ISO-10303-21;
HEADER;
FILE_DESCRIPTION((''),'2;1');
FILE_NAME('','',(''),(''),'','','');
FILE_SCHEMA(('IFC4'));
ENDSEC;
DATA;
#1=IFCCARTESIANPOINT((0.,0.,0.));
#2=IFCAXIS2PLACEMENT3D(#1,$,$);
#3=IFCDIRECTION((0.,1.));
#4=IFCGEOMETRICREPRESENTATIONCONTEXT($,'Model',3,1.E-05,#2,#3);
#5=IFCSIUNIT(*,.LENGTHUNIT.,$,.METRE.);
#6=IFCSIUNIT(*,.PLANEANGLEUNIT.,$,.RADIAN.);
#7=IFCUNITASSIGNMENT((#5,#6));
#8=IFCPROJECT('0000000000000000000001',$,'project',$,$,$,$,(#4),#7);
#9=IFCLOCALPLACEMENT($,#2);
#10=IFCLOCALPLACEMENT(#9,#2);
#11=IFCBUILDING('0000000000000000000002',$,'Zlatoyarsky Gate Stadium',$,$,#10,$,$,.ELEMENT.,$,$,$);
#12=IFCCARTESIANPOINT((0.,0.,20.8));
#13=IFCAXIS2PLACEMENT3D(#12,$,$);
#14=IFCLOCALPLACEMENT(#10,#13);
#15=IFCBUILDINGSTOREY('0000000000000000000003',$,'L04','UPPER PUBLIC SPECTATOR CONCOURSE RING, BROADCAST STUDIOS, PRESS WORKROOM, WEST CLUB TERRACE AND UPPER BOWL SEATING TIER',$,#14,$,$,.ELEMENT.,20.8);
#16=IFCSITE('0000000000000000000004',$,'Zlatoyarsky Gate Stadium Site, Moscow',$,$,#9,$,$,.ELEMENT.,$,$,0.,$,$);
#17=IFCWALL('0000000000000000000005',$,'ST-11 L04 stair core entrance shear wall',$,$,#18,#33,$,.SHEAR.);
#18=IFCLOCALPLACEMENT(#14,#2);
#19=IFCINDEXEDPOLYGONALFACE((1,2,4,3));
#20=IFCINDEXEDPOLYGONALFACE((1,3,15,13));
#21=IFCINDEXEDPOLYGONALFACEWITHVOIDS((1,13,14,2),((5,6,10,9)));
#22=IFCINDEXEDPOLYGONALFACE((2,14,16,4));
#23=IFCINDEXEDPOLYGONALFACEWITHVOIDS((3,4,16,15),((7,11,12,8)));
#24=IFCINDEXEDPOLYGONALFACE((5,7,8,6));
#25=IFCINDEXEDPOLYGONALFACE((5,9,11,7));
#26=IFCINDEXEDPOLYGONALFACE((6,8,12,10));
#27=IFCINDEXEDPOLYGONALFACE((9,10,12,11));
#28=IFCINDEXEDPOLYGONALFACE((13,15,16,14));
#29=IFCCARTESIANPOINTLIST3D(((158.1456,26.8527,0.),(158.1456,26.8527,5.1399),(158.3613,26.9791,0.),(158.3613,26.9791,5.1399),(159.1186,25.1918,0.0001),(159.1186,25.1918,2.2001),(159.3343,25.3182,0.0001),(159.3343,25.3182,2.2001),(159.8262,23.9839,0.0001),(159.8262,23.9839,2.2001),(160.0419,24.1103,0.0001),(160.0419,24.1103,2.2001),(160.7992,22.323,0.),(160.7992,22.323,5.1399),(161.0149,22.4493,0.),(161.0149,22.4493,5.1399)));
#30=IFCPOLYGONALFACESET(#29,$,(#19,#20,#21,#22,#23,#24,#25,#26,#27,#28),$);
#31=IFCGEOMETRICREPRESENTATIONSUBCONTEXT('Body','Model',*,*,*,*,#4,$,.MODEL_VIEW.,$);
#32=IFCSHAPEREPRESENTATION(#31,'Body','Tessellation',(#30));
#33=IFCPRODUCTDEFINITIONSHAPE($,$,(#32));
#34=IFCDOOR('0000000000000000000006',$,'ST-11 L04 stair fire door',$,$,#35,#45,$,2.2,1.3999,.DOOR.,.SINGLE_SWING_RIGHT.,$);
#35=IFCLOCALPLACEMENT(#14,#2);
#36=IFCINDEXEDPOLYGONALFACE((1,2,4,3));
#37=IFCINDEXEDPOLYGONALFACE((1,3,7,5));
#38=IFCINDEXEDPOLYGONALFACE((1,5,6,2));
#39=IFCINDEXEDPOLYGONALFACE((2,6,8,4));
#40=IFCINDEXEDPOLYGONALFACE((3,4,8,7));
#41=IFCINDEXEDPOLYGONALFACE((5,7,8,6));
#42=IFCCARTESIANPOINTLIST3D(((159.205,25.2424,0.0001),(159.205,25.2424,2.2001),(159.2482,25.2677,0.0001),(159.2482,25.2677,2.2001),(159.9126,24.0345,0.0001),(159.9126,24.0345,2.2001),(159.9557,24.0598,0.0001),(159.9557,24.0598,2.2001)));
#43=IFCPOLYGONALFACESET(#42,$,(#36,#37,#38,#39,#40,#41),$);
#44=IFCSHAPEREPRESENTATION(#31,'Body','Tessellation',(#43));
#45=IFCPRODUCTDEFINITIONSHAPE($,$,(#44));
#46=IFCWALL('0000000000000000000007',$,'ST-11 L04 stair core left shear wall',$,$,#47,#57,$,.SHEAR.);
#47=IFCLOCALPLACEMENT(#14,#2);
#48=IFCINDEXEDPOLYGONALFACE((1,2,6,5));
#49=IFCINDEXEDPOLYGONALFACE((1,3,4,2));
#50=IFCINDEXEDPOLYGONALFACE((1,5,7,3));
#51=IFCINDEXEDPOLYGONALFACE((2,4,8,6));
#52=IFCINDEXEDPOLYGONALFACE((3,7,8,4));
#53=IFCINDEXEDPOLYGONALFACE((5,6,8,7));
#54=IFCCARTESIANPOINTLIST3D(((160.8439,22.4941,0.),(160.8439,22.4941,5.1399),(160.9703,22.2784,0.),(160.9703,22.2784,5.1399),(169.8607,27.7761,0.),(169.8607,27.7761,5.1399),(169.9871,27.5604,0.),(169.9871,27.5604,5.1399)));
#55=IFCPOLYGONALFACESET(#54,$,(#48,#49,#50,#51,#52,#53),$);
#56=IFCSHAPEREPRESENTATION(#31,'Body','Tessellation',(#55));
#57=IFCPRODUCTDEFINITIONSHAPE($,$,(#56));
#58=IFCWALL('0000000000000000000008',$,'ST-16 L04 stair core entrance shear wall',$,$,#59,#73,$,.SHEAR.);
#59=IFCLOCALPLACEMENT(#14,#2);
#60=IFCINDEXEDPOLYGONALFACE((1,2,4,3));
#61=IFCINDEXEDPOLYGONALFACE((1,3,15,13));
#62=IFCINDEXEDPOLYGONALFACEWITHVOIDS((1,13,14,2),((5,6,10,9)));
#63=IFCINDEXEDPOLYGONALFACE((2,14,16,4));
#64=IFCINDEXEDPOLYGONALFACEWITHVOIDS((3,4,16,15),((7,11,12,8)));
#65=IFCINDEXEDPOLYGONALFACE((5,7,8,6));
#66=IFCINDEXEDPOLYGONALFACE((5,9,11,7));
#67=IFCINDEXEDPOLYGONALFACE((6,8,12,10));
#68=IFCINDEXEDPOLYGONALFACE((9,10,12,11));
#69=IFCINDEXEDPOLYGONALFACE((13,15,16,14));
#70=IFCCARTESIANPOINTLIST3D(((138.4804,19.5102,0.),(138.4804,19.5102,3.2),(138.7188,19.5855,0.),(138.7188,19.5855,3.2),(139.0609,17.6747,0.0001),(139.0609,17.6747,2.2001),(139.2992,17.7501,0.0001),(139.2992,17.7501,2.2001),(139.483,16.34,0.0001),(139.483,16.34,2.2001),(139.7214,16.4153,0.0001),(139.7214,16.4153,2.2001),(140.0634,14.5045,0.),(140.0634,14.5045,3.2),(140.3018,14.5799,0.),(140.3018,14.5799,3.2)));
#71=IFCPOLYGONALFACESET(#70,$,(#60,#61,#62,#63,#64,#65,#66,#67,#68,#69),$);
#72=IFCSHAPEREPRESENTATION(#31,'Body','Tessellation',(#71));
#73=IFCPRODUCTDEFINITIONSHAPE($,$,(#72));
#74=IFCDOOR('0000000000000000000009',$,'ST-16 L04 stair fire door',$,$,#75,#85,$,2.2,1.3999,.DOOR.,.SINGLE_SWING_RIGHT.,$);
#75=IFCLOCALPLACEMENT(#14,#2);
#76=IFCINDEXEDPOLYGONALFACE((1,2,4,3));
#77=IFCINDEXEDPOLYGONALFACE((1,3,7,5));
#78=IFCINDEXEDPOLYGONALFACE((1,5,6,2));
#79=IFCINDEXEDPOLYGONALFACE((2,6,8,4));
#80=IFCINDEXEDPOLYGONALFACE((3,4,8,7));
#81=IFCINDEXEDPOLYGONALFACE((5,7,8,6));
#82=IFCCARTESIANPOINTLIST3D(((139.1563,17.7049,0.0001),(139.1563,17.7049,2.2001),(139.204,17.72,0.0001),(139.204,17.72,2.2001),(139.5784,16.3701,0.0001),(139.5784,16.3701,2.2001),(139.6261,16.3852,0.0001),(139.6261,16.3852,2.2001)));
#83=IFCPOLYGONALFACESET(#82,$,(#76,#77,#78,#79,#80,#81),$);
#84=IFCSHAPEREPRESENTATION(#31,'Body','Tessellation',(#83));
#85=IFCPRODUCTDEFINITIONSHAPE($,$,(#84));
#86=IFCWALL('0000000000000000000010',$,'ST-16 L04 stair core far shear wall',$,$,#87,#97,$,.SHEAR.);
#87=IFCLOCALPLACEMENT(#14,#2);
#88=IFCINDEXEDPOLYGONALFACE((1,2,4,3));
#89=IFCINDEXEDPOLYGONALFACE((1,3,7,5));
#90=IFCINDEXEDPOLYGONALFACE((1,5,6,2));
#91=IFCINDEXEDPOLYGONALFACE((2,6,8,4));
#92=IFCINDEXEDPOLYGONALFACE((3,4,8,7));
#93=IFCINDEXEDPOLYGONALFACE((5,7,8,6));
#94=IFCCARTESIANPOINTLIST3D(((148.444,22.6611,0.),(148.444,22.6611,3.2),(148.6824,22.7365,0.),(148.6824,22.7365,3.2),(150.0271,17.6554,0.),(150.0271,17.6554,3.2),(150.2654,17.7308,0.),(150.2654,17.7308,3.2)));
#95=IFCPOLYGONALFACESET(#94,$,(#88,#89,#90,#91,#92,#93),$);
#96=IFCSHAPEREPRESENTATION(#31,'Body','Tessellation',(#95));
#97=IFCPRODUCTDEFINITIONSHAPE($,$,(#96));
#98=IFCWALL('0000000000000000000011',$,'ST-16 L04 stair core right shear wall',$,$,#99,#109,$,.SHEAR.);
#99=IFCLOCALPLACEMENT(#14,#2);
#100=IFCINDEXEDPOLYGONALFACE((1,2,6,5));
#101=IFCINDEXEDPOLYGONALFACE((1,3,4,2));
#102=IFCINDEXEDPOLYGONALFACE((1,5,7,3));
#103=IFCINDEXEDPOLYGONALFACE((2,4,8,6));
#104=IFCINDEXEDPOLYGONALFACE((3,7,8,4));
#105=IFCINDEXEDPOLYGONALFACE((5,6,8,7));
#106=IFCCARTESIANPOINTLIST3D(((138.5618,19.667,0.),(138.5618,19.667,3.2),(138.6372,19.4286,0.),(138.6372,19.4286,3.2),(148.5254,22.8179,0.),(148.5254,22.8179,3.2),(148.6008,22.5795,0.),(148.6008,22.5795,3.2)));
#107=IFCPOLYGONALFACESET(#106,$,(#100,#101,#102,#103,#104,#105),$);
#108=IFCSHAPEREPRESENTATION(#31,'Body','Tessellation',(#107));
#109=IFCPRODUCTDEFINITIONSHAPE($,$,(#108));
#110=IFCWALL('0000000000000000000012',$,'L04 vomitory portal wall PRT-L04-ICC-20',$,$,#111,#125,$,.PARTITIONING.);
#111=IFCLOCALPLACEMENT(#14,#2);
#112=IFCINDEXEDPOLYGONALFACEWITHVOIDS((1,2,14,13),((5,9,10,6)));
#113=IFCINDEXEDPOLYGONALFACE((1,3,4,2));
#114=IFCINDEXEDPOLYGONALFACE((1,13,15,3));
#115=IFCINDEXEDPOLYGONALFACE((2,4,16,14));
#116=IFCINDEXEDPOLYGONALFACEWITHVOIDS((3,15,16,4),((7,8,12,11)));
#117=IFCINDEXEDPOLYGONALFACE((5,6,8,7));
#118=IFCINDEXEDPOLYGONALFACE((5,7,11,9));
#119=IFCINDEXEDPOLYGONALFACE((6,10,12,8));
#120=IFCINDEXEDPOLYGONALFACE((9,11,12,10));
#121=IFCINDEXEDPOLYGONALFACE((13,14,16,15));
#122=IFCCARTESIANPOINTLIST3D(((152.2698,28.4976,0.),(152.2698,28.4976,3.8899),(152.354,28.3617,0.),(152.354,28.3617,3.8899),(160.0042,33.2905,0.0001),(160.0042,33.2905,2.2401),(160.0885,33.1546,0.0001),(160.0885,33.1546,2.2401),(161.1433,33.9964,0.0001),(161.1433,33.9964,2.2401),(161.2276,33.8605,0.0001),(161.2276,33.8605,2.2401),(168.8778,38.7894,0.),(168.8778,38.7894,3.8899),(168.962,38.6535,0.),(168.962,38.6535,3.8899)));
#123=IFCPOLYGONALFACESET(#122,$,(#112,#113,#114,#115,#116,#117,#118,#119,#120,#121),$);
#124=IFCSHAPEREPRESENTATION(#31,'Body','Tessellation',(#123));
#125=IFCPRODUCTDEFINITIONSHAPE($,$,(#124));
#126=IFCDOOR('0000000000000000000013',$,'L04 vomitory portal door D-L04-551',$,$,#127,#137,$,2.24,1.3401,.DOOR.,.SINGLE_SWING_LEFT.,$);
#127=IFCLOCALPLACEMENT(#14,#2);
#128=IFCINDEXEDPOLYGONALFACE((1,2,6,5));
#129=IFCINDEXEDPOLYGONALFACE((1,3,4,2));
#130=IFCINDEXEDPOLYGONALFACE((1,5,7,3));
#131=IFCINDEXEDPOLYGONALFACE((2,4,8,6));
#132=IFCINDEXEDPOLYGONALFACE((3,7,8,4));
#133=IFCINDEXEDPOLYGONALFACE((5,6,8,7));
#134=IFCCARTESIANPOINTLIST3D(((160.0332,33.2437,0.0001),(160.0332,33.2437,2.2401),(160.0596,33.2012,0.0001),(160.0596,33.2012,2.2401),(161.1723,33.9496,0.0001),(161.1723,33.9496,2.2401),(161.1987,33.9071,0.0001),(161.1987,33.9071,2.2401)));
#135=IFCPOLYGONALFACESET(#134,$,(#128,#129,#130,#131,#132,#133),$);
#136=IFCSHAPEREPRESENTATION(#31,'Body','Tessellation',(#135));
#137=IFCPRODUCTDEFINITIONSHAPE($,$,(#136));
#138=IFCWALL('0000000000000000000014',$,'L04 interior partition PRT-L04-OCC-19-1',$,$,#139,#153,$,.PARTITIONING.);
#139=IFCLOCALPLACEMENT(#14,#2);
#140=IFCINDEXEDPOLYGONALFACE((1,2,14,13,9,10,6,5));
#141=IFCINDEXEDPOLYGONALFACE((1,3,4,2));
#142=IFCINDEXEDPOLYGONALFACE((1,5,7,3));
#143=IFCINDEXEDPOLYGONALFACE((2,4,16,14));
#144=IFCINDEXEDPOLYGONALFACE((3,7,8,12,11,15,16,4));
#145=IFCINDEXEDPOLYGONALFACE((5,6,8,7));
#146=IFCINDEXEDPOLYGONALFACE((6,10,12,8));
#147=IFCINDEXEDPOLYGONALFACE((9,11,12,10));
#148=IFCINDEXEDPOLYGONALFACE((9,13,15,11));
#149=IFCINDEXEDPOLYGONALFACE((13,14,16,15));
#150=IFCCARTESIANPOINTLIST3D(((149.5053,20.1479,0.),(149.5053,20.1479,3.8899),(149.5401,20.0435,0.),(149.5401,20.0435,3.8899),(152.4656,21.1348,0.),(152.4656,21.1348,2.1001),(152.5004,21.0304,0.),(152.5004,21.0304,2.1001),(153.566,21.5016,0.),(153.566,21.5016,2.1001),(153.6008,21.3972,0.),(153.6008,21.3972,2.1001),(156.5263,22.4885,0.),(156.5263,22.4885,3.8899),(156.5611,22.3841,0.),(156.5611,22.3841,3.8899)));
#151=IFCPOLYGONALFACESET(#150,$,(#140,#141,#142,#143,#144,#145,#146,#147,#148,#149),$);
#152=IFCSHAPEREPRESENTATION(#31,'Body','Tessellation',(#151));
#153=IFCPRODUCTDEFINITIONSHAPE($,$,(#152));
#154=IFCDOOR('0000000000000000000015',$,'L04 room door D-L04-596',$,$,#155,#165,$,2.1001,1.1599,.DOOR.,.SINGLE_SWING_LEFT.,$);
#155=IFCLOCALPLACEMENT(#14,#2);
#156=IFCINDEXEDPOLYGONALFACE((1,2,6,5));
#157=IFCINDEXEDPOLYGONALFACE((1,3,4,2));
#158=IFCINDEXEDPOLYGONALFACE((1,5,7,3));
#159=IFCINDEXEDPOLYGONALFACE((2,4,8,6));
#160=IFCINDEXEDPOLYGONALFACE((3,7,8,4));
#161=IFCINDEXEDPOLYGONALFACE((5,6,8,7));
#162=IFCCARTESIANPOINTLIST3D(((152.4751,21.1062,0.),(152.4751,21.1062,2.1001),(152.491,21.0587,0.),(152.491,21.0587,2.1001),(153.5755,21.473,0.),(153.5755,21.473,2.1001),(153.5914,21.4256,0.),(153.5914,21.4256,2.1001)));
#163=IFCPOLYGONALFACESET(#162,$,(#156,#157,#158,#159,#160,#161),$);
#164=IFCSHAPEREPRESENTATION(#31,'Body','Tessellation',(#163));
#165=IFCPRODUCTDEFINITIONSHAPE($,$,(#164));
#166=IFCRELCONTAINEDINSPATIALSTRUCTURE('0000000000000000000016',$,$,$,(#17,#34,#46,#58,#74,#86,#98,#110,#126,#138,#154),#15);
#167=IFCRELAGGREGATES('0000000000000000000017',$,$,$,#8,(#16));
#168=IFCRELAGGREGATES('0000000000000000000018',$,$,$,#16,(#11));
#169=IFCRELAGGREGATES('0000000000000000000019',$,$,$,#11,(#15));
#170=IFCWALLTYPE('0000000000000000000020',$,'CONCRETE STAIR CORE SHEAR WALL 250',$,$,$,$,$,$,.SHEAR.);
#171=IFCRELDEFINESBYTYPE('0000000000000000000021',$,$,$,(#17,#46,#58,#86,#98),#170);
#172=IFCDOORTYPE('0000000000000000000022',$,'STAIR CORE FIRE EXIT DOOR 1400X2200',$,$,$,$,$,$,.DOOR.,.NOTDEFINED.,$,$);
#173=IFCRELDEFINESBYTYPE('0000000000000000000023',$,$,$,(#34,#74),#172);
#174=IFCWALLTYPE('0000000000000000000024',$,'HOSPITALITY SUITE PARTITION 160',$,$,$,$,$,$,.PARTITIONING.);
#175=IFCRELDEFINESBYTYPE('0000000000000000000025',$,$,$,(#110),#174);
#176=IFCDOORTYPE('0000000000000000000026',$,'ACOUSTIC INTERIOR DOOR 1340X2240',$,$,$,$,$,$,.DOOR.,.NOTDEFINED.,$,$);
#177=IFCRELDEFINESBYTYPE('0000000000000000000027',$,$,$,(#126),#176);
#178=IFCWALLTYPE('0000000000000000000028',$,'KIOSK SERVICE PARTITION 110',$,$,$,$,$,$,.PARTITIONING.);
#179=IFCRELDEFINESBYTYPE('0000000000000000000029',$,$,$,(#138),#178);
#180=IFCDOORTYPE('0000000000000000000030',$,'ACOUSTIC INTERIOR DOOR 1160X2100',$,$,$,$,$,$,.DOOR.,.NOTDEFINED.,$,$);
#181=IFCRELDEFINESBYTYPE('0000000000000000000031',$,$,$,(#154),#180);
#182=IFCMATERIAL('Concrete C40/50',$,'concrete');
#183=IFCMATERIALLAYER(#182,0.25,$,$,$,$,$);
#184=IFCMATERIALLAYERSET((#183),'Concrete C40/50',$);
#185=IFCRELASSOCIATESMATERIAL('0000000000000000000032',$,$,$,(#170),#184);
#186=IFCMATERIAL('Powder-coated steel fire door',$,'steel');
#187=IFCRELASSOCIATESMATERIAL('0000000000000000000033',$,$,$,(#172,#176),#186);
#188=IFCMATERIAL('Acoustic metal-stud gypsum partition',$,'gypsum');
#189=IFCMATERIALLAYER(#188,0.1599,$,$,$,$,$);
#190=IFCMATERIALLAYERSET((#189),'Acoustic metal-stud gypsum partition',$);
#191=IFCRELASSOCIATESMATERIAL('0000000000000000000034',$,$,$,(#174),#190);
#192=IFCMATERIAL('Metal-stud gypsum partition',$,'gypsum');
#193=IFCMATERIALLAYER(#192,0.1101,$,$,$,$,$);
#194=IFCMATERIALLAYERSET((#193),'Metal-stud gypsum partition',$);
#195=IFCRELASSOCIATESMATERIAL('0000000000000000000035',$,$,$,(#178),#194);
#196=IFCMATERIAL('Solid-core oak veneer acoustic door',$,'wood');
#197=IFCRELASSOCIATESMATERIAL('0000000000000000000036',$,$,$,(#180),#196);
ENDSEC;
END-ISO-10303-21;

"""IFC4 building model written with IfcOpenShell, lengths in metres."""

from ifc_helpers import new_model, si_unit, direction, frame, frame_2d, origin, place, context, subcontext, project, spatial, rectangle, extrude, material, layer, layer_set, type_object, element, fill, save


model = new_model("IFC4")

# Units and contexts
model_context = context("Model", 3, precision=1e-05, world=origin(), true_north=direction((0.0, 1.0)))
body_context = subcontext(model_context, "Body", "Model", "MODEL_VIEW")
ifc_project = project(units=[si_unit("LENGTHUNIT", "METRE"), si_unit("PLANEANGLEUNIT", "RADIAN")], contexts=[model_context])

# Site, building, storey
site_placement = place(None, origin())
site = spatial("IfcSite", under=ifc_project, at=site_placement, Name="Zlatoyarsky Gate Stadium Site, Moscow", CompositionType="ELEMENT", RefElevation=0.0)
building_placement = place(site_placement, origin())
building = spatial("IfcBuilding", under=site, at=building_placement, Name="Zlatoyarsky Gate Stadium", CompositionType="ELEMENT")
storey_placement = place(building_placement, frame((0.0, 0.0, 20.8)))
storey = spatial("IfcBuildingStorey", under=building, at=storey_placement, Name="L04", Description="UPPER PUBLIC SPECTATOR CONCOURSE RING, BROADCAST STUDIOS, PRESS WORKROOM, WEST CLUB TERRACE AND UPPER BOWL SEATING TIER", CompositionType="ELEMENT", Elevation=20.8)

# Wall, opening, door
ifc_material_1 = material(Name="Concrete C40/50", Category="concrete")
ifc_layer_1 = layer(ifc_material_1, 0.25)
ifc_layer_set_1 = layer_set([ifc_layer_1], Name="Concrete C40/50")
wall_type_1 = type_object("IfcWallType", Name="CONCRETE STAIR CORE SHEAR WALL 250", PredefinedType="SHEAR", material=ifc_layer_set_1)
wall_1_placement = place(storey_placement, frame((158.2534, 26.916, 0.0), z_axis=(0.0, 0.0, 1.0), x_axis=(0.50546, -0.86285, 0.0)))
wall_1 = element("IfcWall", 1, at=wall_1_placement, inside=storey, type_object=wall_type_1, Name="ST-11 L04 stair core entrance shear wall", PredefinedType="SHEAR", context=body_context, shape_type="SweptSolid", body=[
    extrude(rectangle(XDim=5.2498, YDim=0.25, at=frame_2d((2.625, 0.0))), origin(), (0.0, 0.0, 1.0), 5.1399),
])
opening_1_placement = place(wall_1_placement, frame((1.925, 0.0, 0.0)))
opening_1 = element("IfcOpeningElement", 2, at=opening_1_placement, cuts=wall_1, PredefinedType="OPENING", context=body_context, shape_type="SweptSolid", body=[
    extrude(rectangle(XDim=1.3999, YDim=2.2, at=frame_2d((0.7, 1.1001))), frame((0.0, 0.135, 0.0), z_axis=(0.0, -1.0, 0.0), x_axis=(1.0, 0.0, 0.0)), (0.0, 0.0, 1.0), 0.27),
])
ifc_material_2 = material(Name="Powder-coated steel fire door", Category="steel")
door_type_1 = type_object("IfcDoorType", Name="STAIR CORE FIRE EXIT DOOR 1400X2200", OperationType="NOTDEFINED", PredefinedType="DOOR", material=ifc_material_2)
door_1_placement = place(opening_1_placement, frame((1.3999, 0.0, 0.0), z_axis=(0.0, 0.0, 1.0), x_axis=(-1.0, 0.0, 0.0)))
door_1 = element("IfcDoor", 3, at=door_1_placement, inside=storey, type_object=door_type_1, Name="ST-11 L04 stair fire door", OperationType="SINGLE_SWING_RIGHT", OverallHeight=2.2, OverallWidth=1.3999, PredefinedType="DOOR", context=body_context, shape_type="SweptSolid", body=[
    extrude(rectangle(XDim=1.3999, YDim=2.2, at=frame_2d((0.7, 1.1001))), frame((0.0, 0.0249, 0.0), z_axis=(0.0, -1.0, 0.0), x_axis=(1.0, 0.0, 0.0)), (0.0, 0.0, 1.0), 0.05),
])
fill(opening_1, door_1)

# Wall
wall_2_placement = place(storey_placement, frame((160.907, 22.3862, 0.0), z_axis=(0.0, 0.0, 1.0), x_axis=(0.862855, 0.505452, 0.0)))
element("IfcWall", 4, at=wall_2_placement, inside=storey, type_object=wall_type_1, Name="ST-11 L04 stair core left shear wall", PredefinedType="SHEAR", context=body_context, shape_type="SweptSolid", body=[
    extrude(rectangle(XDim=10.45, YDim=0.25, at=frame_2d((5.2251, 0.0))), origin(), (0.0, 0.0, 1.0), 5.1399),
])

# Wall, opening, door
wall_3_placement = place(storey_placement, frame((138.5996, 19.5479, 0.0), z_axis=(0.0, 0.0, 1.0), x_axis=(0.301527, -0.953457, 0.0)))
wall_3 = element("IfcWall", 5, at=wall_3_placement, inside=storey, type_object=wall_type_1, Name="ST-16 L04 stair core entrance shear wall", PredefinedType="SHEAR", context=body_context, shape_type="SweptSolid", body=[
    extrude(rectangle(XDim=5.25, YDim=0.25, at=frame_2d((2.625, 0.0))), origin(), (0.0, 0.0, 1.0), 3.2),
])
opening_2_placement = place(wall_3_placement, frame((1.925, 0.0, 0.0)))
opening_2 = element("IfcOpeningElement", 6, at=opening_2_placement, cuts=wall_3, PredefinedType="OPENING", context=body_context, shape_type="SweptSolid", body=[
    extrude(rectangle(XDim=1.3999, YDim=2.2, at=frame_2d((0.7, 1.1001))), frame((0.0, 0.135, 0.0), z_axis=(0.0, -1.0, 0.0), x_axis=(1.0, 0.0, 0.0)), (0.0, 0.0, 1.0), 0.27),
])
door_2_placement = place(opening_2_placement, frame((1.3999, 0.0, 0.0), z_axis=(0.0, 0.0, 1.0), x_axis=(-1.0, 0.0, 0.0)))
door_2 = element("IfcDoor", 7, at=door_2_placement, inside=storey, type_object=door_type_1, Name="ST-16 L04 stair fire door", OperationType="SINGLE_SWING_RIGHT", OverallHeight=2.2, OverallWidth=1.3999, PredefinedType="DOOR", context=body_context, shape_type="SweptSolid", body=[
    extrude(rectangle(XDim=1.3999, YDim=2.2, at=frame_2d((0.7, 1.1001))), frame((0.0, 0.0249, 0.0), z_axis=(0.0, -1.0, 0.0), x_axis=(1.0, 0.0, 0.0)), (0.0, 0.0, 1.0), 0.05),
])
fill(opening_2, door_2)

# Walls
wall_4_placement = place(storey_placement, frame((150.1462, 17.6931, 0.0), z_axis=(0.0, 0.0, 1.0), x_axis=(-0.301527, 0.953457, 0.0)))
element("IfcWall", 8, at=wall_4_placement, inside=storey, type_object=wall_type_1, Name="ST-16 L04 stair core far shear wall", PredefinedType="SHEAR", context=body_context, shape_type="SweptSolid", body=[
    extrude(rectangle(XDim=5.25, YDim=0.25, at=frame_2d((2.625, 0.0))), origin(), (0.0, 0.0, 1.0), 3.2),
])
wall_5_placement = place(storey_placement, frame((148.5632, 22.6987, 0.0), z_axis=(0.0, 0.0, 1.0), x_axis=(-0.95346, -0.30152, 0.0)))
element("IfcWall", 9, at=wall_5_placement, inside=storey, type_object=wall_type_1, Name="ST-16 L04 stair core right shear wall", PredefinedType="SHEAR", context=body_context, shape_type="SweptSolid", body=[
    extrude(rectangle(XDim=10.45, YDim=0.25, at=frame_2d((5.2251, 0.0))), origin(), (0.0, 0.0, 1.0), 3.2),
])

# Walls, openings, doors
ifc_material_3 = material(Name="Acoustic metal-stud gypsum partition", Category="gypsum")
ifc_layer_2 = layer(ifc_material_3, 0.1599)
ifc_layer_set_2 = layer_set([ifc_layer_2], Name="Acoustic metal-stud gypsum partition")
wall_type_2 = type_object("IfcWallType", Name="HOSPITALITY SUITE PARTITION 160", PredefinedType="PARTITIONING", material=ifc_layer_set_2)
wall_6_placement = place(storey_placement, frame((152.312, 28.4297, 0.0), z_axis=(0.0, 0.0, 1.0), x_axis=(0.850021, 0.526749, 0.0)))
wall_6 = element("IfcWall", 10, at=wall_6_placement, inside=storey, type_object=wall_type_2, Name="L04 vomitory portal wall PRT-L04-ICC-20", PredefinedType="PARTITIONING", context=body_context, shape_type="SweptSolid", body=[
    extrude(rectangle(XDim=19.5383, YDim=0.1599, at=frame_2d((9.769, 0.0))), origin(), (0.0, 0.0, 1.0), 3.8899),
])
opening_3_placement = place(wall_6_placement, frame((9.0991, 0.0, 0.0)))
opening_3 = element("IfcOpeningElement", 11, at=opening_3_placement, cuts=wall_6, PredefinedType="OPENING", context=body_context, shape_type="SweptSolid", body=[
    extrude(rectangle(XDim=1.3401, YDim=2.24, at=frame_2d((0.6699, 1.1201))), frame((0.0, 0.0898, 0.0), z_axis=(0.0, -1.0, 0.0), x_axis=(1.0, 0.0, 0.0)), (0.0, 0.0, 1.0), 0.1799),
])
door_type_2 = type_object("IfcDoorType", Name="ACOUSTIC INTERIOR DOOR 1340X2240", OperationType="NOTDEFINED", PredefinedType="DOOR", material=ifc_material_2)
door_3_placement = place(opening_3_placement, origin())
door_3 = element("IfcDoor", 12, at=door_3_placement, inside=storey, type_object=door_type_2, Name="L04 vomitory portal door D-L04-551", OperationType="SINGLE_SWING_LEFT", OverallHeight=2.24, OverallWidth=1.3401, PredefinedType="DOOR", context=body_context, shape_type="SweptSolid", body=[
    extrude(rectangle(XDim=1.3401, YDim=2.24, at=frame_2d((0.6699, 1.1201))), frame((0.0, 0.0249, 0.0), z_axis=(0.0, -1.0, 0.0), x_axis=(1.0, 0.0, 0.0)), (0.0, 0.0, 1.0), 0.05),
])
fill(opening_3, door_3)
ifc_material_4 = material(Name="Metal-stud gypsum partition", Category="gypsum")
ifc_layer_3 = layer(ifc_material_4, 0.1101)
ifc_layer_set_3 = layer_set([ifc_layer_3], Name="Metal-stud gypsum partition")
wall_type_3 = type_object("IfcWallType", Name="KIOSK SERVICE PARTITION 110", PredefinedType="PARTITIONING", material=ifc_layer_set_3)
wall_7_placement = place(storey_placement, frame((149.5227, 20.0957, 0.0), z_axis=(0.0, 0.0, 1.0), x_axis=(0.948673, 0.316257, 0.0)))
wall_7 = element("IfcWall", 13, at=wall_7_placement, inside=storey, type_object=wall_type_3, Name="L04 interior partition PRT-L04-OCC-19-1", PredefinedType="PARTITIONING", context=body_context, shape_type="SweptSolid", body=[
    extrude(rectangle(XDim=7.4009, YDim=0.1101, at=frame_2d((3.7004, 0.0))), origin(), (0.0, 0.0, 1.0), 3.8899),
])
opening_4_placement = place(wall_7_placement, frame((3.1204, 0.0, 0.0)))
opening_4 = element("IfcOpeningElement", 14, at=opening_4_placement, cuts=wall_7, PredefinedType="OPENING", context=body_context, shape_type="SweptSolid", body=[
    extrude(rectangle(XDim=1.1599, YDim=2.1001, at=frame_2d((0.5801, 1.05))), frame((0.0, 0.0649, 0.0), z_axis=(0.0, -1.0, 0.0), x_axis=(1.0, 0.0, 0.0)), (0.0, 0.0, 1.0), 0.1301),
])
ifc_material_5 = material(Name="Solid-core oak veneer acoustic door", Category="wood")
door_type_3 = type_object("IfcDoorType", Name="ACOUSTIC INTERIOR DOOR 1160X2100", OperationType="NOTDEFINED", PredefinedType="DOOR", material=ifc_material_5)
door_4_placement = place(opening_4_placement, origin())
door_4 = element("IfcDoor", 15, at=door_4_placement, inside=storey, type_object=door_type_3, Name="L04 room door D-L04-596", OperationType="SINGLE_SWING_LEFT", OverallHeight=2.1001, OverallWidth=1.1599, PredefinedType="DOOR", context=body_context, shape_type="SweptSolid", body=[
    extrude(rectangle(XDim=1.1599, YDim=2.1001, at=frame_2d((0.5801, 1.05))), frame((0.0, 0.0249, 0.0), z_axis=(0.0, -1.0, 0.0), x_axis=(1.0, 0.0, 0.0)), (0.0, 0.0, 1.0), 0.05),
])
fill(opening_4, door_4)

save(model, "model.ifc")
